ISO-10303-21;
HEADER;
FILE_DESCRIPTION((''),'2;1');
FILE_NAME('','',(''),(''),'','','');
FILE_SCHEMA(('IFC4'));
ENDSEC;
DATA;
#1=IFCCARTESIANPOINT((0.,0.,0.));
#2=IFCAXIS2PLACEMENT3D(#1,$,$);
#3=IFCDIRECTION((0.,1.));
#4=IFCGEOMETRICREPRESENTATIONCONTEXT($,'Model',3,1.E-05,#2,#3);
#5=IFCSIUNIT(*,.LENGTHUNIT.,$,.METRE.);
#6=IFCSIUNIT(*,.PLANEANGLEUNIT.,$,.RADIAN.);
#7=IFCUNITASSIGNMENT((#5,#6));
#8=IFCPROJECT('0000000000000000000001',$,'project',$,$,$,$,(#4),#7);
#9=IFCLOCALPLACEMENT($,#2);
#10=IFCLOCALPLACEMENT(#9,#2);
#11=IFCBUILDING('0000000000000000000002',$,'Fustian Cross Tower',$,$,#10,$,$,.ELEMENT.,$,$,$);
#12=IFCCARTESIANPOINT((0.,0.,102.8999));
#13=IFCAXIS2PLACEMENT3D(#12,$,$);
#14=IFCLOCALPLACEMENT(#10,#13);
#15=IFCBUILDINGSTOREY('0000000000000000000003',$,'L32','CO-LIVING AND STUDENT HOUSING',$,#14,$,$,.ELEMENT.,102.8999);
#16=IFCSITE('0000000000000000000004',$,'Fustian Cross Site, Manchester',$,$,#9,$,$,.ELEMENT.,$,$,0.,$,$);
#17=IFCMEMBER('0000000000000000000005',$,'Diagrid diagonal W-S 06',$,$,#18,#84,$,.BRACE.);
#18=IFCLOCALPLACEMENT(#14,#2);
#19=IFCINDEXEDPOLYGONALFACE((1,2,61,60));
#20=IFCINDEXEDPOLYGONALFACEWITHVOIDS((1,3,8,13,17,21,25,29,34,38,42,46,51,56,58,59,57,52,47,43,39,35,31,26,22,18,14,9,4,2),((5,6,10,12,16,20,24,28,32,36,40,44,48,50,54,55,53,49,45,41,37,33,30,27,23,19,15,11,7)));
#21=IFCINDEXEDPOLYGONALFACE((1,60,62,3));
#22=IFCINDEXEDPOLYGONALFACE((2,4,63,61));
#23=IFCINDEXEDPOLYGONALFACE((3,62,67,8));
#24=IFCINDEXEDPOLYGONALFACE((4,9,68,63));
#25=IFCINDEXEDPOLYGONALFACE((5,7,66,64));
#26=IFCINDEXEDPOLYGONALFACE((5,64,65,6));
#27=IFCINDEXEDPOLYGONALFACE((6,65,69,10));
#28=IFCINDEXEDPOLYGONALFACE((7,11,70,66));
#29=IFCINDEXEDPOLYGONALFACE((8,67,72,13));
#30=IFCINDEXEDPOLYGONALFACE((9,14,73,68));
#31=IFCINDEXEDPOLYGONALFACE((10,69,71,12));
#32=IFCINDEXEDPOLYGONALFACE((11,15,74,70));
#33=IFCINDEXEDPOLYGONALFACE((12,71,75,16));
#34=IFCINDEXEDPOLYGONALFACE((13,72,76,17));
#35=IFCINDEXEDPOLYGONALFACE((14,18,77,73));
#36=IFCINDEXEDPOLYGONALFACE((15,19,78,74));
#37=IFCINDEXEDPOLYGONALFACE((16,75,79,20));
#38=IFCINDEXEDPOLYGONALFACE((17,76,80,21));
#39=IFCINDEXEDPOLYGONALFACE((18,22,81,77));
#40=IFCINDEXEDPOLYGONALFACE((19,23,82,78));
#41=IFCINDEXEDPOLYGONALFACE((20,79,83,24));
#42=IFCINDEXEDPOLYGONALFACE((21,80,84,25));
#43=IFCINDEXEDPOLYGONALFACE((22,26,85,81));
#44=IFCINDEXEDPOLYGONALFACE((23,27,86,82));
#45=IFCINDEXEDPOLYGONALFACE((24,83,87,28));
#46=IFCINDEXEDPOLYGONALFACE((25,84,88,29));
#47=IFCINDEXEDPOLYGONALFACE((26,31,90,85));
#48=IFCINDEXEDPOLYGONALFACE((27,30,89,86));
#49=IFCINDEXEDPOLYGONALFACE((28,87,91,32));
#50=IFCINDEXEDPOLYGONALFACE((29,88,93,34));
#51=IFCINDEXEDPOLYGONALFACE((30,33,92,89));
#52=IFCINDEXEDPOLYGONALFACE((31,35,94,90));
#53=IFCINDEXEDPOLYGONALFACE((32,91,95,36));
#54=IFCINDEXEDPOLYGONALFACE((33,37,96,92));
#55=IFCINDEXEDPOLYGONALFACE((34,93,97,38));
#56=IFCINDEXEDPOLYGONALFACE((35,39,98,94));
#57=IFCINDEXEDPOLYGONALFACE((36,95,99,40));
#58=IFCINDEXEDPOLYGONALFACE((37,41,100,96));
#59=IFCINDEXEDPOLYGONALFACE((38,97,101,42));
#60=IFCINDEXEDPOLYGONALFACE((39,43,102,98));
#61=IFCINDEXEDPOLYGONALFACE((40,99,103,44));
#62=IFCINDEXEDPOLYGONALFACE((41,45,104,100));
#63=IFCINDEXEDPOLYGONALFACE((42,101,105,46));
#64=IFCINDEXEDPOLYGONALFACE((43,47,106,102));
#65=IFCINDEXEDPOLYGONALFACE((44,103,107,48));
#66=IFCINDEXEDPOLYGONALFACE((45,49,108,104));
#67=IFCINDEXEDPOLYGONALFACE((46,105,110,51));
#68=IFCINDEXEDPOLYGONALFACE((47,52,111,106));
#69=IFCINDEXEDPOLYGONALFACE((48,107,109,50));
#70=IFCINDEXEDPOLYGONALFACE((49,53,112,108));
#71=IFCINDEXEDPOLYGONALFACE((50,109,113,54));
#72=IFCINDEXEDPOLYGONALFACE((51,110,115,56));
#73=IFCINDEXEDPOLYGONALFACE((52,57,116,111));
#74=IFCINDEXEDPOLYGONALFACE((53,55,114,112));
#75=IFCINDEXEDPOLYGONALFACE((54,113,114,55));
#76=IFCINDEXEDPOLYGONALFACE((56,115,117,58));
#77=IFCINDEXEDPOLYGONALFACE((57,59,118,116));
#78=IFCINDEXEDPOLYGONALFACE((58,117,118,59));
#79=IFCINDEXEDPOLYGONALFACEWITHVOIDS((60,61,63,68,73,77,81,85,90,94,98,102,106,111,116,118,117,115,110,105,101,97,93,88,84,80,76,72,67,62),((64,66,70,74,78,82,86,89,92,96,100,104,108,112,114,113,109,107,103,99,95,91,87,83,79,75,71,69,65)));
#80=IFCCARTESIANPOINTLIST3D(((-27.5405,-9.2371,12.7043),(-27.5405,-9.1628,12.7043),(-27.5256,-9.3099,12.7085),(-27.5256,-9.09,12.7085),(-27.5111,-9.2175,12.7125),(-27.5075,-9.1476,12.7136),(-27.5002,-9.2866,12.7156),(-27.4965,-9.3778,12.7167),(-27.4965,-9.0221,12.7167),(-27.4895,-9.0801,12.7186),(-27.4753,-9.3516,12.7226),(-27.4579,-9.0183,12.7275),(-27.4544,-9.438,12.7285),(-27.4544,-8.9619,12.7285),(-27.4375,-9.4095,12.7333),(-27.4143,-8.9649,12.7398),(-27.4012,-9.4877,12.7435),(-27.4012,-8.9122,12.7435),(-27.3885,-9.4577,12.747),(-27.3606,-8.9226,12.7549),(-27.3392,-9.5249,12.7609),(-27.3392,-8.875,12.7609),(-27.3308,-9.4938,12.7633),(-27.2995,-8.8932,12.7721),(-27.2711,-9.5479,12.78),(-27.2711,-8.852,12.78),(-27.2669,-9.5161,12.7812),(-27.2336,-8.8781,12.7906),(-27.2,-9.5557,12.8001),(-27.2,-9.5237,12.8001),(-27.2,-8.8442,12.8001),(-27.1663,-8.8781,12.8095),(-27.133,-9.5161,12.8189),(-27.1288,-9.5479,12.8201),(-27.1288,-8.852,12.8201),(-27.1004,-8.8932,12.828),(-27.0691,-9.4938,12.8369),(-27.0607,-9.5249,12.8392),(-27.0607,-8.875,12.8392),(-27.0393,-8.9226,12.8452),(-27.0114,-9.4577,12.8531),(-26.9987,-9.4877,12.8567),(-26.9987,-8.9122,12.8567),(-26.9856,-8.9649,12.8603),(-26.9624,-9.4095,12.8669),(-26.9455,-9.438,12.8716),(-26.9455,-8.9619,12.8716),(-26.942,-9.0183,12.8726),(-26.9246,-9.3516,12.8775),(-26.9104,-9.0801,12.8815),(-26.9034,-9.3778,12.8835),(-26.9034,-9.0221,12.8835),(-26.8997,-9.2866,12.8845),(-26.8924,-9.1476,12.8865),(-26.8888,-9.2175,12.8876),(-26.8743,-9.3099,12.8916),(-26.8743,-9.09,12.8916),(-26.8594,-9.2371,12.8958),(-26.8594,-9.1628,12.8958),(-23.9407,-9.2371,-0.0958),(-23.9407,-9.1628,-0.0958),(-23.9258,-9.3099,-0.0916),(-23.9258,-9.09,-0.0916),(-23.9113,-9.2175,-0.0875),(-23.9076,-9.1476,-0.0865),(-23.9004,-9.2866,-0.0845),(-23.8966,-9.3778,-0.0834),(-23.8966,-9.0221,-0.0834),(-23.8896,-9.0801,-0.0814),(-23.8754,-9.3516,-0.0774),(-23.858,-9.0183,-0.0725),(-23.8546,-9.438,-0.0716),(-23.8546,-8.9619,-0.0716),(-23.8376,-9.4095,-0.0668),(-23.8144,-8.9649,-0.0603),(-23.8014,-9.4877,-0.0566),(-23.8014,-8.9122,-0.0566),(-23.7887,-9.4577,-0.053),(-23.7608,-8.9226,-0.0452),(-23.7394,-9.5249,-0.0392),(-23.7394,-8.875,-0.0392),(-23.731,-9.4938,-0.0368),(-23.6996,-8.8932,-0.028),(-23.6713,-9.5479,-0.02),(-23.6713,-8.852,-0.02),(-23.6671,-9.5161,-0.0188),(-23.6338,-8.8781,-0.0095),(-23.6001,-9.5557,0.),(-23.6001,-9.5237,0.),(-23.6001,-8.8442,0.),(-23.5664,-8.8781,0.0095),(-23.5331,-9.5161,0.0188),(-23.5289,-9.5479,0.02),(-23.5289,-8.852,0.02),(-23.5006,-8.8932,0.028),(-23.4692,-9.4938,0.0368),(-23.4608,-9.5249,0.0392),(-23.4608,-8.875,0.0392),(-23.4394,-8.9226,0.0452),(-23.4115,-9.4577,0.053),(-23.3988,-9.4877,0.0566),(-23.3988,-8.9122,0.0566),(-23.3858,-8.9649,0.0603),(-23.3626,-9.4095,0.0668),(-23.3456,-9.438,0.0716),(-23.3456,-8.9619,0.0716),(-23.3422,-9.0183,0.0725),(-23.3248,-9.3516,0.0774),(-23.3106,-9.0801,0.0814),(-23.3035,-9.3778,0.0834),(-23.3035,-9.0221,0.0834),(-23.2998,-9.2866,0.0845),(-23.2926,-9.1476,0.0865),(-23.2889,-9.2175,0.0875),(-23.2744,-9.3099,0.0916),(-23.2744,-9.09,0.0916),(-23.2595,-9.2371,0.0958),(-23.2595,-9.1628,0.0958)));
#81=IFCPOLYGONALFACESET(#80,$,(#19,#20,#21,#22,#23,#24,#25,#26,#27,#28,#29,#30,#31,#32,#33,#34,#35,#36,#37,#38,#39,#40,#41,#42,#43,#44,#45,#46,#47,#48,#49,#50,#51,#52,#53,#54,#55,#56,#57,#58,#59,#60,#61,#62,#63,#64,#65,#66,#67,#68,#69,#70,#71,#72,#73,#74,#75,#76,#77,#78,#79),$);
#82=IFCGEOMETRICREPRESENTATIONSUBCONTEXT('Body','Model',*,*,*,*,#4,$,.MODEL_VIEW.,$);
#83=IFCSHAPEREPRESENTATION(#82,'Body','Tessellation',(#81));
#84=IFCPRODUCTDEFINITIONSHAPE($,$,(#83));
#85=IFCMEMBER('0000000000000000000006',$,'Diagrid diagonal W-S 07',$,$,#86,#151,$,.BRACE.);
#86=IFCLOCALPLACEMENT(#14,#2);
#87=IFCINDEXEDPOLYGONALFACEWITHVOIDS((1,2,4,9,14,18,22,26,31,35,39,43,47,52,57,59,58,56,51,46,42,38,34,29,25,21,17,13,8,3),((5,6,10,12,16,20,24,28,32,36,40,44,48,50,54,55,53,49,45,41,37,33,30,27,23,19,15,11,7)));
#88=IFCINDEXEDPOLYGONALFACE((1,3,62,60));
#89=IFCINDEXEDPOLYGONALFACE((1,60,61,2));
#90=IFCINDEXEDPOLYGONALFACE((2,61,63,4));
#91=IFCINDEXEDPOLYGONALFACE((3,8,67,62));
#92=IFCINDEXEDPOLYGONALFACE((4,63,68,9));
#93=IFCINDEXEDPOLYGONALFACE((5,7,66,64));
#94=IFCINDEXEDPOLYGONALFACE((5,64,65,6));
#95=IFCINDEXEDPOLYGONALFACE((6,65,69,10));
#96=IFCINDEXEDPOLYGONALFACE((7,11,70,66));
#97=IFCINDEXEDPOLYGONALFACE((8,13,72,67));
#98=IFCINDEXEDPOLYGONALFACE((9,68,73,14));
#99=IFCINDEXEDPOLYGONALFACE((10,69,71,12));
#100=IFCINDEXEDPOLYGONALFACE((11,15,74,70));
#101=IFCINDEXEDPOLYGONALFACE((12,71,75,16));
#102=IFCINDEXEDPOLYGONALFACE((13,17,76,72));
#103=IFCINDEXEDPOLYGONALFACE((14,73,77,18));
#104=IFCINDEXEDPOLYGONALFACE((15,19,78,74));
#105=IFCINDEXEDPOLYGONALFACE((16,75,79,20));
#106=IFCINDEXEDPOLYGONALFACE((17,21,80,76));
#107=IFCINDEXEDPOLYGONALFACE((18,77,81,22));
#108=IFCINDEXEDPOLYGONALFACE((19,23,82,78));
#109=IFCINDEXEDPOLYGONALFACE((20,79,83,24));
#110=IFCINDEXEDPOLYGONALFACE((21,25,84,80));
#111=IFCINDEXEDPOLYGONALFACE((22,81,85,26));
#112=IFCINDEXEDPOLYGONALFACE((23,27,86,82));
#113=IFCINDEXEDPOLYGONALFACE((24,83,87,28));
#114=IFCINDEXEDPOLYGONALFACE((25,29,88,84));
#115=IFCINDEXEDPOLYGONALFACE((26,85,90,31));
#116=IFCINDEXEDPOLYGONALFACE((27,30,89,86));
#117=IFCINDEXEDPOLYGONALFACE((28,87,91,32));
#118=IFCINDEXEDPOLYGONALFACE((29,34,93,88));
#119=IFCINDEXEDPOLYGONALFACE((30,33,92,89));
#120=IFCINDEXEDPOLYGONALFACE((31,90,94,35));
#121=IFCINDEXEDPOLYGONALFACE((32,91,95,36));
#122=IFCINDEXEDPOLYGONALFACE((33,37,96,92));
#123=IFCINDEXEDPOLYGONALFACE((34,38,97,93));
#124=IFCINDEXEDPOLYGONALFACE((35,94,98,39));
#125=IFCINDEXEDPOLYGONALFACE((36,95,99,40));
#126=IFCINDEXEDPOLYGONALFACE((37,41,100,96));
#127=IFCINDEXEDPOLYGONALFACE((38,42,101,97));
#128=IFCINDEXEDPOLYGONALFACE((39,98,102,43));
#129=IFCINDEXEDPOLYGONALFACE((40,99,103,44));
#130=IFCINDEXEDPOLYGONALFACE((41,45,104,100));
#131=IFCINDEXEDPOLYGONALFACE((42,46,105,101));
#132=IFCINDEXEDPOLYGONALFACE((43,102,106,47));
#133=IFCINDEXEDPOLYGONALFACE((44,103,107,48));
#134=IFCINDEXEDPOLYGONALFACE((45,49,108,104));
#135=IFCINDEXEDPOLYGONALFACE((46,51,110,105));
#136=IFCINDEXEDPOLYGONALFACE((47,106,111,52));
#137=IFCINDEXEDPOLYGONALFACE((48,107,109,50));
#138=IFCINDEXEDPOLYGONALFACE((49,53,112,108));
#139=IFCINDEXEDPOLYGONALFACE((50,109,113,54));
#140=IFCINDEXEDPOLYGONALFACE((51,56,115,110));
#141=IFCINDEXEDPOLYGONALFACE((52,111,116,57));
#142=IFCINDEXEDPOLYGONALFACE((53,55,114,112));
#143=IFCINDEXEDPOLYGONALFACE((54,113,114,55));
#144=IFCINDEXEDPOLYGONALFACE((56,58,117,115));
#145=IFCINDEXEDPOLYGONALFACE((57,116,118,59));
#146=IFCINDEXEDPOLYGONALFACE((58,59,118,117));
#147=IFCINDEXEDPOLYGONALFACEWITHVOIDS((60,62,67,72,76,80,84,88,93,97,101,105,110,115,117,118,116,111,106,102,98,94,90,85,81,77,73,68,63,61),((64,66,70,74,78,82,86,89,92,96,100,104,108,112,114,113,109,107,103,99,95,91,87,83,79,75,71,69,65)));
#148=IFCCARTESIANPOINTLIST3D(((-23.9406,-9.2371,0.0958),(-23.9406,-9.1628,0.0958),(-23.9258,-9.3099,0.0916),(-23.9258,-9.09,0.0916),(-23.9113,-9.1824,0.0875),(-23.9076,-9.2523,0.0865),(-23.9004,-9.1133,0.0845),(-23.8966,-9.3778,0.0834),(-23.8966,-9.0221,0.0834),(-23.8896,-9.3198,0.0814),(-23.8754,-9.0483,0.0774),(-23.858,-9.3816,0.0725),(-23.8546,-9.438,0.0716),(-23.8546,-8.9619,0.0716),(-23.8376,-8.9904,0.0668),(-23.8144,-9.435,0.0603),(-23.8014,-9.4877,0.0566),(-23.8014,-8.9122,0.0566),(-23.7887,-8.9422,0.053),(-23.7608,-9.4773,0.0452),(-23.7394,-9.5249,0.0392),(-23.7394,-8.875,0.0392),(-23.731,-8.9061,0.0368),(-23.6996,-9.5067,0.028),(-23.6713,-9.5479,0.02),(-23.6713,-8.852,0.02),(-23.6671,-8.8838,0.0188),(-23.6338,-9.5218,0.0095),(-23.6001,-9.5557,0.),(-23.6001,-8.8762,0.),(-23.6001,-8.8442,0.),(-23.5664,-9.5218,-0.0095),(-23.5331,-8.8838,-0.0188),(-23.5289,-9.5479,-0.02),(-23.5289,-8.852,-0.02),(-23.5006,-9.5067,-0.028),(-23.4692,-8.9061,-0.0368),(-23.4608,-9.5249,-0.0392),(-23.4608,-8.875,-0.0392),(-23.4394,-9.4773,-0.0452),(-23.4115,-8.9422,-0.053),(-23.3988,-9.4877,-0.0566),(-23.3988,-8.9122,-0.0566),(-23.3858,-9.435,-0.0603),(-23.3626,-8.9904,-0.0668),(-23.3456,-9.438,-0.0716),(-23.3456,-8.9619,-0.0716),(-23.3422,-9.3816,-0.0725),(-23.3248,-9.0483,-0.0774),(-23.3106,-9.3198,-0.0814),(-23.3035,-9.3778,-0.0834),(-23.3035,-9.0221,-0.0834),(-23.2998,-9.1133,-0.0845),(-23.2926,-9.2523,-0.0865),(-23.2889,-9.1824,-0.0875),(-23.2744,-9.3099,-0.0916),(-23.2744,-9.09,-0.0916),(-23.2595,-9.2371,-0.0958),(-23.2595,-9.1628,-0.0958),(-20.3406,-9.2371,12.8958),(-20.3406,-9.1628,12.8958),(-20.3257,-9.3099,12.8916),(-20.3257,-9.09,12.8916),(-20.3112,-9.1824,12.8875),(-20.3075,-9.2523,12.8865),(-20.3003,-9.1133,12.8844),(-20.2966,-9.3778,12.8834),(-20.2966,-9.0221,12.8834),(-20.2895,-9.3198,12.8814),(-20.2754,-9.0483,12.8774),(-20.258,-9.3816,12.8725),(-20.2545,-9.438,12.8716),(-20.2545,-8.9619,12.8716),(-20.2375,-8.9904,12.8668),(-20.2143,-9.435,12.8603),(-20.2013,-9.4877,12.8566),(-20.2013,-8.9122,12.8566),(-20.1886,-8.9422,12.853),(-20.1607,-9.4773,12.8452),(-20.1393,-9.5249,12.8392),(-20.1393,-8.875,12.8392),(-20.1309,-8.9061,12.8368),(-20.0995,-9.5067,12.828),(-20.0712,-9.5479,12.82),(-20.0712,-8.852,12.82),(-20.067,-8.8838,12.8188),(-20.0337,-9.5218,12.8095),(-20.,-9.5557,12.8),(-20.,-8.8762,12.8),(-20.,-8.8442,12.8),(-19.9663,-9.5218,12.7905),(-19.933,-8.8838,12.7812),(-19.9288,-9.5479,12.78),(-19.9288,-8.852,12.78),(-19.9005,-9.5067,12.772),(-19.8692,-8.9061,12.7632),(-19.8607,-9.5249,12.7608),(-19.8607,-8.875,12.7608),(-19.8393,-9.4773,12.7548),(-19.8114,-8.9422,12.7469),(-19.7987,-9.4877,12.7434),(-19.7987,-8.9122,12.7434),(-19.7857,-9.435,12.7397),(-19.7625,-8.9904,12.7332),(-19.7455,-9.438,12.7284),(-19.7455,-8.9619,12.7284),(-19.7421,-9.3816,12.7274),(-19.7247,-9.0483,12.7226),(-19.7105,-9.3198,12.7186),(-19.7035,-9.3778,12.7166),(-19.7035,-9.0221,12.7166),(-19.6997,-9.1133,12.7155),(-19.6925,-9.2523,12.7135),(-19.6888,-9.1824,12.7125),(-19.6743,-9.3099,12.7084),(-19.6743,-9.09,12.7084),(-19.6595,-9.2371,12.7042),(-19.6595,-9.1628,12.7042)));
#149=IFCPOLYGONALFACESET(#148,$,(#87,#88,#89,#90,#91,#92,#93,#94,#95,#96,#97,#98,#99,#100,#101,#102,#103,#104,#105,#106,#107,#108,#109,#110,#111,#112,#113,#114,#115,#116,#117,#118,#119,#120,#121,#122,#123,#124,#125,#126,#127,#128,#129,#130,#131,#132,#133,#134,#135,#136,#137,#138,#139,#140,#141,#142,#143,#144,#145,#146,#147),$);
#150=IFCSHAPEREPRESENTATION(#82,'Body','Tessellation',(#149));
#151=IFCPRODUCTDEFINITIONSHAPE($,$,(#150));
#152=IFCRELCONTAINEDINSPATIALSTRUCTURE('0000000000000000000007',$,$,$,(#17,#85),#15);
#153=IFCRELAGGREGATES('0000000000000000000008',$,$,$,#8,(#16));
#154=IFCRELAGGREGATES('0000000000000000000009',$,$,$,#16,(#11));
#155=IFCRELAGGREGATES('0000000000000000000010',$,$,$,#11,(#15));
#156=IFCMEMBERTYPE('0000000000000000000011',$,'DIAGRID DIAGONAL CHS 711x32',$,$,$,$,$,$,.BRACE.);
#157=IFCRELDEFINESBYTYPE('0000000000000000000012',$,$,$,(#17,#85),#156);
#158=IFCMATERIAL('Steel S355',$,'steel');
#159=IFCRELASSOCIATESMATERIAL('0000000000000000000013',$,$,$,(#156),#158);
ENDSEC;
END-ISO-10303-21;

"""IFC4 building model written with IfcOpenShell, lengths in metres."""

from ifc_helpers import new_model, si_unit, direction, frame, origin, origin_2d, place, context, subcontext, project, spatial, hollow_circle, extrude, material, material_profile, profile_set, type_object, element, save


model = new_model("IFC4")

# Units and contexts
model_context = context("Model", 3, precision=1e-05, world=origin(), true_north=direction((0.0, 1.0)))
body_context = subcontext(model_context, "Body", "Model", "MODEL_VIEW")
ifc_project = project(units=[si_unit("LENGTHUNIT", "METRE"), si_unit("PLANEANGLEUNIT", "RADIAN")], contexts=[model_context])

# Site, building, storey
site_placement = place(None, origin())
site = spatial("IfcSite", under=ifc_project, at=site_placement, Name="Fustian Cross Site, Manchester", CompositionType="ELEMENT", RefElevation=0.0)
building_placement = place(site_placement, origin())
building = spatial("IfcBuilding", under=site, at=building_placement, Name="Fustian Cross Tower", CompositionType="ELEMENT")
storey_placement = place(building_placement, frame((0.0, 0.0, 102.8999)))
storey = spatial("IfcBuildingStorey", under=building, at=storey_placement, Name="L32", Description="CO-LIVING AND STUDENT HOUSING", CompositionType="ELEMENT", Elevation=102.8999)

# Members
ifc_material_1 = material(Name="Steel S355", Category="steel")
ifc_material_profile_1 = material_profile(ifc_material_1, hollow_circle(Radius=0.3557, WallThickness=0.032, at=origin_2d()), Name="CHS 711x32")
ifc_profile_set_1 = profile_set([ifc_material_profile_1], Name="Steel S355")
member_type_1 = type_object("IfcMemberType", Name="DIAGRID DIAGONAL CHS 711x32", PredefinedType="BRACE", material=ifc_profile_set_1)
for number, where, z_axis, x_axis, name in (
    (1, (-23.6001, -9.2, 0.0), (-0.270734, 0.0, 0.962654), (0.0, -1.0, 0.0), "Diagrid diagonal W-S 06"),
    (2, (-23.6001, -9.2, 0.0), (0.270751, 0.0, 0.962649), (0.0, 1.0, 0.0), "Diagrid diagonal W-S 07"),
):
    element("IfcMember", number, at=place(storey_placement, frame(where, z_axis=z_axis, x_axis=x_axis)), inside=storey, type_object=member_type_1, Name=name, PredefinedType="BRACE", context=body_context, shape_type="SweptSolid", body=[
        extrude(hollow_circle(Radius=0.3557, WallThickness=0.032, at=origin_2d()), origin(), (0.0, 0.0, 1.0), 13.2966),
    ])

save(model, "model.ifc")
